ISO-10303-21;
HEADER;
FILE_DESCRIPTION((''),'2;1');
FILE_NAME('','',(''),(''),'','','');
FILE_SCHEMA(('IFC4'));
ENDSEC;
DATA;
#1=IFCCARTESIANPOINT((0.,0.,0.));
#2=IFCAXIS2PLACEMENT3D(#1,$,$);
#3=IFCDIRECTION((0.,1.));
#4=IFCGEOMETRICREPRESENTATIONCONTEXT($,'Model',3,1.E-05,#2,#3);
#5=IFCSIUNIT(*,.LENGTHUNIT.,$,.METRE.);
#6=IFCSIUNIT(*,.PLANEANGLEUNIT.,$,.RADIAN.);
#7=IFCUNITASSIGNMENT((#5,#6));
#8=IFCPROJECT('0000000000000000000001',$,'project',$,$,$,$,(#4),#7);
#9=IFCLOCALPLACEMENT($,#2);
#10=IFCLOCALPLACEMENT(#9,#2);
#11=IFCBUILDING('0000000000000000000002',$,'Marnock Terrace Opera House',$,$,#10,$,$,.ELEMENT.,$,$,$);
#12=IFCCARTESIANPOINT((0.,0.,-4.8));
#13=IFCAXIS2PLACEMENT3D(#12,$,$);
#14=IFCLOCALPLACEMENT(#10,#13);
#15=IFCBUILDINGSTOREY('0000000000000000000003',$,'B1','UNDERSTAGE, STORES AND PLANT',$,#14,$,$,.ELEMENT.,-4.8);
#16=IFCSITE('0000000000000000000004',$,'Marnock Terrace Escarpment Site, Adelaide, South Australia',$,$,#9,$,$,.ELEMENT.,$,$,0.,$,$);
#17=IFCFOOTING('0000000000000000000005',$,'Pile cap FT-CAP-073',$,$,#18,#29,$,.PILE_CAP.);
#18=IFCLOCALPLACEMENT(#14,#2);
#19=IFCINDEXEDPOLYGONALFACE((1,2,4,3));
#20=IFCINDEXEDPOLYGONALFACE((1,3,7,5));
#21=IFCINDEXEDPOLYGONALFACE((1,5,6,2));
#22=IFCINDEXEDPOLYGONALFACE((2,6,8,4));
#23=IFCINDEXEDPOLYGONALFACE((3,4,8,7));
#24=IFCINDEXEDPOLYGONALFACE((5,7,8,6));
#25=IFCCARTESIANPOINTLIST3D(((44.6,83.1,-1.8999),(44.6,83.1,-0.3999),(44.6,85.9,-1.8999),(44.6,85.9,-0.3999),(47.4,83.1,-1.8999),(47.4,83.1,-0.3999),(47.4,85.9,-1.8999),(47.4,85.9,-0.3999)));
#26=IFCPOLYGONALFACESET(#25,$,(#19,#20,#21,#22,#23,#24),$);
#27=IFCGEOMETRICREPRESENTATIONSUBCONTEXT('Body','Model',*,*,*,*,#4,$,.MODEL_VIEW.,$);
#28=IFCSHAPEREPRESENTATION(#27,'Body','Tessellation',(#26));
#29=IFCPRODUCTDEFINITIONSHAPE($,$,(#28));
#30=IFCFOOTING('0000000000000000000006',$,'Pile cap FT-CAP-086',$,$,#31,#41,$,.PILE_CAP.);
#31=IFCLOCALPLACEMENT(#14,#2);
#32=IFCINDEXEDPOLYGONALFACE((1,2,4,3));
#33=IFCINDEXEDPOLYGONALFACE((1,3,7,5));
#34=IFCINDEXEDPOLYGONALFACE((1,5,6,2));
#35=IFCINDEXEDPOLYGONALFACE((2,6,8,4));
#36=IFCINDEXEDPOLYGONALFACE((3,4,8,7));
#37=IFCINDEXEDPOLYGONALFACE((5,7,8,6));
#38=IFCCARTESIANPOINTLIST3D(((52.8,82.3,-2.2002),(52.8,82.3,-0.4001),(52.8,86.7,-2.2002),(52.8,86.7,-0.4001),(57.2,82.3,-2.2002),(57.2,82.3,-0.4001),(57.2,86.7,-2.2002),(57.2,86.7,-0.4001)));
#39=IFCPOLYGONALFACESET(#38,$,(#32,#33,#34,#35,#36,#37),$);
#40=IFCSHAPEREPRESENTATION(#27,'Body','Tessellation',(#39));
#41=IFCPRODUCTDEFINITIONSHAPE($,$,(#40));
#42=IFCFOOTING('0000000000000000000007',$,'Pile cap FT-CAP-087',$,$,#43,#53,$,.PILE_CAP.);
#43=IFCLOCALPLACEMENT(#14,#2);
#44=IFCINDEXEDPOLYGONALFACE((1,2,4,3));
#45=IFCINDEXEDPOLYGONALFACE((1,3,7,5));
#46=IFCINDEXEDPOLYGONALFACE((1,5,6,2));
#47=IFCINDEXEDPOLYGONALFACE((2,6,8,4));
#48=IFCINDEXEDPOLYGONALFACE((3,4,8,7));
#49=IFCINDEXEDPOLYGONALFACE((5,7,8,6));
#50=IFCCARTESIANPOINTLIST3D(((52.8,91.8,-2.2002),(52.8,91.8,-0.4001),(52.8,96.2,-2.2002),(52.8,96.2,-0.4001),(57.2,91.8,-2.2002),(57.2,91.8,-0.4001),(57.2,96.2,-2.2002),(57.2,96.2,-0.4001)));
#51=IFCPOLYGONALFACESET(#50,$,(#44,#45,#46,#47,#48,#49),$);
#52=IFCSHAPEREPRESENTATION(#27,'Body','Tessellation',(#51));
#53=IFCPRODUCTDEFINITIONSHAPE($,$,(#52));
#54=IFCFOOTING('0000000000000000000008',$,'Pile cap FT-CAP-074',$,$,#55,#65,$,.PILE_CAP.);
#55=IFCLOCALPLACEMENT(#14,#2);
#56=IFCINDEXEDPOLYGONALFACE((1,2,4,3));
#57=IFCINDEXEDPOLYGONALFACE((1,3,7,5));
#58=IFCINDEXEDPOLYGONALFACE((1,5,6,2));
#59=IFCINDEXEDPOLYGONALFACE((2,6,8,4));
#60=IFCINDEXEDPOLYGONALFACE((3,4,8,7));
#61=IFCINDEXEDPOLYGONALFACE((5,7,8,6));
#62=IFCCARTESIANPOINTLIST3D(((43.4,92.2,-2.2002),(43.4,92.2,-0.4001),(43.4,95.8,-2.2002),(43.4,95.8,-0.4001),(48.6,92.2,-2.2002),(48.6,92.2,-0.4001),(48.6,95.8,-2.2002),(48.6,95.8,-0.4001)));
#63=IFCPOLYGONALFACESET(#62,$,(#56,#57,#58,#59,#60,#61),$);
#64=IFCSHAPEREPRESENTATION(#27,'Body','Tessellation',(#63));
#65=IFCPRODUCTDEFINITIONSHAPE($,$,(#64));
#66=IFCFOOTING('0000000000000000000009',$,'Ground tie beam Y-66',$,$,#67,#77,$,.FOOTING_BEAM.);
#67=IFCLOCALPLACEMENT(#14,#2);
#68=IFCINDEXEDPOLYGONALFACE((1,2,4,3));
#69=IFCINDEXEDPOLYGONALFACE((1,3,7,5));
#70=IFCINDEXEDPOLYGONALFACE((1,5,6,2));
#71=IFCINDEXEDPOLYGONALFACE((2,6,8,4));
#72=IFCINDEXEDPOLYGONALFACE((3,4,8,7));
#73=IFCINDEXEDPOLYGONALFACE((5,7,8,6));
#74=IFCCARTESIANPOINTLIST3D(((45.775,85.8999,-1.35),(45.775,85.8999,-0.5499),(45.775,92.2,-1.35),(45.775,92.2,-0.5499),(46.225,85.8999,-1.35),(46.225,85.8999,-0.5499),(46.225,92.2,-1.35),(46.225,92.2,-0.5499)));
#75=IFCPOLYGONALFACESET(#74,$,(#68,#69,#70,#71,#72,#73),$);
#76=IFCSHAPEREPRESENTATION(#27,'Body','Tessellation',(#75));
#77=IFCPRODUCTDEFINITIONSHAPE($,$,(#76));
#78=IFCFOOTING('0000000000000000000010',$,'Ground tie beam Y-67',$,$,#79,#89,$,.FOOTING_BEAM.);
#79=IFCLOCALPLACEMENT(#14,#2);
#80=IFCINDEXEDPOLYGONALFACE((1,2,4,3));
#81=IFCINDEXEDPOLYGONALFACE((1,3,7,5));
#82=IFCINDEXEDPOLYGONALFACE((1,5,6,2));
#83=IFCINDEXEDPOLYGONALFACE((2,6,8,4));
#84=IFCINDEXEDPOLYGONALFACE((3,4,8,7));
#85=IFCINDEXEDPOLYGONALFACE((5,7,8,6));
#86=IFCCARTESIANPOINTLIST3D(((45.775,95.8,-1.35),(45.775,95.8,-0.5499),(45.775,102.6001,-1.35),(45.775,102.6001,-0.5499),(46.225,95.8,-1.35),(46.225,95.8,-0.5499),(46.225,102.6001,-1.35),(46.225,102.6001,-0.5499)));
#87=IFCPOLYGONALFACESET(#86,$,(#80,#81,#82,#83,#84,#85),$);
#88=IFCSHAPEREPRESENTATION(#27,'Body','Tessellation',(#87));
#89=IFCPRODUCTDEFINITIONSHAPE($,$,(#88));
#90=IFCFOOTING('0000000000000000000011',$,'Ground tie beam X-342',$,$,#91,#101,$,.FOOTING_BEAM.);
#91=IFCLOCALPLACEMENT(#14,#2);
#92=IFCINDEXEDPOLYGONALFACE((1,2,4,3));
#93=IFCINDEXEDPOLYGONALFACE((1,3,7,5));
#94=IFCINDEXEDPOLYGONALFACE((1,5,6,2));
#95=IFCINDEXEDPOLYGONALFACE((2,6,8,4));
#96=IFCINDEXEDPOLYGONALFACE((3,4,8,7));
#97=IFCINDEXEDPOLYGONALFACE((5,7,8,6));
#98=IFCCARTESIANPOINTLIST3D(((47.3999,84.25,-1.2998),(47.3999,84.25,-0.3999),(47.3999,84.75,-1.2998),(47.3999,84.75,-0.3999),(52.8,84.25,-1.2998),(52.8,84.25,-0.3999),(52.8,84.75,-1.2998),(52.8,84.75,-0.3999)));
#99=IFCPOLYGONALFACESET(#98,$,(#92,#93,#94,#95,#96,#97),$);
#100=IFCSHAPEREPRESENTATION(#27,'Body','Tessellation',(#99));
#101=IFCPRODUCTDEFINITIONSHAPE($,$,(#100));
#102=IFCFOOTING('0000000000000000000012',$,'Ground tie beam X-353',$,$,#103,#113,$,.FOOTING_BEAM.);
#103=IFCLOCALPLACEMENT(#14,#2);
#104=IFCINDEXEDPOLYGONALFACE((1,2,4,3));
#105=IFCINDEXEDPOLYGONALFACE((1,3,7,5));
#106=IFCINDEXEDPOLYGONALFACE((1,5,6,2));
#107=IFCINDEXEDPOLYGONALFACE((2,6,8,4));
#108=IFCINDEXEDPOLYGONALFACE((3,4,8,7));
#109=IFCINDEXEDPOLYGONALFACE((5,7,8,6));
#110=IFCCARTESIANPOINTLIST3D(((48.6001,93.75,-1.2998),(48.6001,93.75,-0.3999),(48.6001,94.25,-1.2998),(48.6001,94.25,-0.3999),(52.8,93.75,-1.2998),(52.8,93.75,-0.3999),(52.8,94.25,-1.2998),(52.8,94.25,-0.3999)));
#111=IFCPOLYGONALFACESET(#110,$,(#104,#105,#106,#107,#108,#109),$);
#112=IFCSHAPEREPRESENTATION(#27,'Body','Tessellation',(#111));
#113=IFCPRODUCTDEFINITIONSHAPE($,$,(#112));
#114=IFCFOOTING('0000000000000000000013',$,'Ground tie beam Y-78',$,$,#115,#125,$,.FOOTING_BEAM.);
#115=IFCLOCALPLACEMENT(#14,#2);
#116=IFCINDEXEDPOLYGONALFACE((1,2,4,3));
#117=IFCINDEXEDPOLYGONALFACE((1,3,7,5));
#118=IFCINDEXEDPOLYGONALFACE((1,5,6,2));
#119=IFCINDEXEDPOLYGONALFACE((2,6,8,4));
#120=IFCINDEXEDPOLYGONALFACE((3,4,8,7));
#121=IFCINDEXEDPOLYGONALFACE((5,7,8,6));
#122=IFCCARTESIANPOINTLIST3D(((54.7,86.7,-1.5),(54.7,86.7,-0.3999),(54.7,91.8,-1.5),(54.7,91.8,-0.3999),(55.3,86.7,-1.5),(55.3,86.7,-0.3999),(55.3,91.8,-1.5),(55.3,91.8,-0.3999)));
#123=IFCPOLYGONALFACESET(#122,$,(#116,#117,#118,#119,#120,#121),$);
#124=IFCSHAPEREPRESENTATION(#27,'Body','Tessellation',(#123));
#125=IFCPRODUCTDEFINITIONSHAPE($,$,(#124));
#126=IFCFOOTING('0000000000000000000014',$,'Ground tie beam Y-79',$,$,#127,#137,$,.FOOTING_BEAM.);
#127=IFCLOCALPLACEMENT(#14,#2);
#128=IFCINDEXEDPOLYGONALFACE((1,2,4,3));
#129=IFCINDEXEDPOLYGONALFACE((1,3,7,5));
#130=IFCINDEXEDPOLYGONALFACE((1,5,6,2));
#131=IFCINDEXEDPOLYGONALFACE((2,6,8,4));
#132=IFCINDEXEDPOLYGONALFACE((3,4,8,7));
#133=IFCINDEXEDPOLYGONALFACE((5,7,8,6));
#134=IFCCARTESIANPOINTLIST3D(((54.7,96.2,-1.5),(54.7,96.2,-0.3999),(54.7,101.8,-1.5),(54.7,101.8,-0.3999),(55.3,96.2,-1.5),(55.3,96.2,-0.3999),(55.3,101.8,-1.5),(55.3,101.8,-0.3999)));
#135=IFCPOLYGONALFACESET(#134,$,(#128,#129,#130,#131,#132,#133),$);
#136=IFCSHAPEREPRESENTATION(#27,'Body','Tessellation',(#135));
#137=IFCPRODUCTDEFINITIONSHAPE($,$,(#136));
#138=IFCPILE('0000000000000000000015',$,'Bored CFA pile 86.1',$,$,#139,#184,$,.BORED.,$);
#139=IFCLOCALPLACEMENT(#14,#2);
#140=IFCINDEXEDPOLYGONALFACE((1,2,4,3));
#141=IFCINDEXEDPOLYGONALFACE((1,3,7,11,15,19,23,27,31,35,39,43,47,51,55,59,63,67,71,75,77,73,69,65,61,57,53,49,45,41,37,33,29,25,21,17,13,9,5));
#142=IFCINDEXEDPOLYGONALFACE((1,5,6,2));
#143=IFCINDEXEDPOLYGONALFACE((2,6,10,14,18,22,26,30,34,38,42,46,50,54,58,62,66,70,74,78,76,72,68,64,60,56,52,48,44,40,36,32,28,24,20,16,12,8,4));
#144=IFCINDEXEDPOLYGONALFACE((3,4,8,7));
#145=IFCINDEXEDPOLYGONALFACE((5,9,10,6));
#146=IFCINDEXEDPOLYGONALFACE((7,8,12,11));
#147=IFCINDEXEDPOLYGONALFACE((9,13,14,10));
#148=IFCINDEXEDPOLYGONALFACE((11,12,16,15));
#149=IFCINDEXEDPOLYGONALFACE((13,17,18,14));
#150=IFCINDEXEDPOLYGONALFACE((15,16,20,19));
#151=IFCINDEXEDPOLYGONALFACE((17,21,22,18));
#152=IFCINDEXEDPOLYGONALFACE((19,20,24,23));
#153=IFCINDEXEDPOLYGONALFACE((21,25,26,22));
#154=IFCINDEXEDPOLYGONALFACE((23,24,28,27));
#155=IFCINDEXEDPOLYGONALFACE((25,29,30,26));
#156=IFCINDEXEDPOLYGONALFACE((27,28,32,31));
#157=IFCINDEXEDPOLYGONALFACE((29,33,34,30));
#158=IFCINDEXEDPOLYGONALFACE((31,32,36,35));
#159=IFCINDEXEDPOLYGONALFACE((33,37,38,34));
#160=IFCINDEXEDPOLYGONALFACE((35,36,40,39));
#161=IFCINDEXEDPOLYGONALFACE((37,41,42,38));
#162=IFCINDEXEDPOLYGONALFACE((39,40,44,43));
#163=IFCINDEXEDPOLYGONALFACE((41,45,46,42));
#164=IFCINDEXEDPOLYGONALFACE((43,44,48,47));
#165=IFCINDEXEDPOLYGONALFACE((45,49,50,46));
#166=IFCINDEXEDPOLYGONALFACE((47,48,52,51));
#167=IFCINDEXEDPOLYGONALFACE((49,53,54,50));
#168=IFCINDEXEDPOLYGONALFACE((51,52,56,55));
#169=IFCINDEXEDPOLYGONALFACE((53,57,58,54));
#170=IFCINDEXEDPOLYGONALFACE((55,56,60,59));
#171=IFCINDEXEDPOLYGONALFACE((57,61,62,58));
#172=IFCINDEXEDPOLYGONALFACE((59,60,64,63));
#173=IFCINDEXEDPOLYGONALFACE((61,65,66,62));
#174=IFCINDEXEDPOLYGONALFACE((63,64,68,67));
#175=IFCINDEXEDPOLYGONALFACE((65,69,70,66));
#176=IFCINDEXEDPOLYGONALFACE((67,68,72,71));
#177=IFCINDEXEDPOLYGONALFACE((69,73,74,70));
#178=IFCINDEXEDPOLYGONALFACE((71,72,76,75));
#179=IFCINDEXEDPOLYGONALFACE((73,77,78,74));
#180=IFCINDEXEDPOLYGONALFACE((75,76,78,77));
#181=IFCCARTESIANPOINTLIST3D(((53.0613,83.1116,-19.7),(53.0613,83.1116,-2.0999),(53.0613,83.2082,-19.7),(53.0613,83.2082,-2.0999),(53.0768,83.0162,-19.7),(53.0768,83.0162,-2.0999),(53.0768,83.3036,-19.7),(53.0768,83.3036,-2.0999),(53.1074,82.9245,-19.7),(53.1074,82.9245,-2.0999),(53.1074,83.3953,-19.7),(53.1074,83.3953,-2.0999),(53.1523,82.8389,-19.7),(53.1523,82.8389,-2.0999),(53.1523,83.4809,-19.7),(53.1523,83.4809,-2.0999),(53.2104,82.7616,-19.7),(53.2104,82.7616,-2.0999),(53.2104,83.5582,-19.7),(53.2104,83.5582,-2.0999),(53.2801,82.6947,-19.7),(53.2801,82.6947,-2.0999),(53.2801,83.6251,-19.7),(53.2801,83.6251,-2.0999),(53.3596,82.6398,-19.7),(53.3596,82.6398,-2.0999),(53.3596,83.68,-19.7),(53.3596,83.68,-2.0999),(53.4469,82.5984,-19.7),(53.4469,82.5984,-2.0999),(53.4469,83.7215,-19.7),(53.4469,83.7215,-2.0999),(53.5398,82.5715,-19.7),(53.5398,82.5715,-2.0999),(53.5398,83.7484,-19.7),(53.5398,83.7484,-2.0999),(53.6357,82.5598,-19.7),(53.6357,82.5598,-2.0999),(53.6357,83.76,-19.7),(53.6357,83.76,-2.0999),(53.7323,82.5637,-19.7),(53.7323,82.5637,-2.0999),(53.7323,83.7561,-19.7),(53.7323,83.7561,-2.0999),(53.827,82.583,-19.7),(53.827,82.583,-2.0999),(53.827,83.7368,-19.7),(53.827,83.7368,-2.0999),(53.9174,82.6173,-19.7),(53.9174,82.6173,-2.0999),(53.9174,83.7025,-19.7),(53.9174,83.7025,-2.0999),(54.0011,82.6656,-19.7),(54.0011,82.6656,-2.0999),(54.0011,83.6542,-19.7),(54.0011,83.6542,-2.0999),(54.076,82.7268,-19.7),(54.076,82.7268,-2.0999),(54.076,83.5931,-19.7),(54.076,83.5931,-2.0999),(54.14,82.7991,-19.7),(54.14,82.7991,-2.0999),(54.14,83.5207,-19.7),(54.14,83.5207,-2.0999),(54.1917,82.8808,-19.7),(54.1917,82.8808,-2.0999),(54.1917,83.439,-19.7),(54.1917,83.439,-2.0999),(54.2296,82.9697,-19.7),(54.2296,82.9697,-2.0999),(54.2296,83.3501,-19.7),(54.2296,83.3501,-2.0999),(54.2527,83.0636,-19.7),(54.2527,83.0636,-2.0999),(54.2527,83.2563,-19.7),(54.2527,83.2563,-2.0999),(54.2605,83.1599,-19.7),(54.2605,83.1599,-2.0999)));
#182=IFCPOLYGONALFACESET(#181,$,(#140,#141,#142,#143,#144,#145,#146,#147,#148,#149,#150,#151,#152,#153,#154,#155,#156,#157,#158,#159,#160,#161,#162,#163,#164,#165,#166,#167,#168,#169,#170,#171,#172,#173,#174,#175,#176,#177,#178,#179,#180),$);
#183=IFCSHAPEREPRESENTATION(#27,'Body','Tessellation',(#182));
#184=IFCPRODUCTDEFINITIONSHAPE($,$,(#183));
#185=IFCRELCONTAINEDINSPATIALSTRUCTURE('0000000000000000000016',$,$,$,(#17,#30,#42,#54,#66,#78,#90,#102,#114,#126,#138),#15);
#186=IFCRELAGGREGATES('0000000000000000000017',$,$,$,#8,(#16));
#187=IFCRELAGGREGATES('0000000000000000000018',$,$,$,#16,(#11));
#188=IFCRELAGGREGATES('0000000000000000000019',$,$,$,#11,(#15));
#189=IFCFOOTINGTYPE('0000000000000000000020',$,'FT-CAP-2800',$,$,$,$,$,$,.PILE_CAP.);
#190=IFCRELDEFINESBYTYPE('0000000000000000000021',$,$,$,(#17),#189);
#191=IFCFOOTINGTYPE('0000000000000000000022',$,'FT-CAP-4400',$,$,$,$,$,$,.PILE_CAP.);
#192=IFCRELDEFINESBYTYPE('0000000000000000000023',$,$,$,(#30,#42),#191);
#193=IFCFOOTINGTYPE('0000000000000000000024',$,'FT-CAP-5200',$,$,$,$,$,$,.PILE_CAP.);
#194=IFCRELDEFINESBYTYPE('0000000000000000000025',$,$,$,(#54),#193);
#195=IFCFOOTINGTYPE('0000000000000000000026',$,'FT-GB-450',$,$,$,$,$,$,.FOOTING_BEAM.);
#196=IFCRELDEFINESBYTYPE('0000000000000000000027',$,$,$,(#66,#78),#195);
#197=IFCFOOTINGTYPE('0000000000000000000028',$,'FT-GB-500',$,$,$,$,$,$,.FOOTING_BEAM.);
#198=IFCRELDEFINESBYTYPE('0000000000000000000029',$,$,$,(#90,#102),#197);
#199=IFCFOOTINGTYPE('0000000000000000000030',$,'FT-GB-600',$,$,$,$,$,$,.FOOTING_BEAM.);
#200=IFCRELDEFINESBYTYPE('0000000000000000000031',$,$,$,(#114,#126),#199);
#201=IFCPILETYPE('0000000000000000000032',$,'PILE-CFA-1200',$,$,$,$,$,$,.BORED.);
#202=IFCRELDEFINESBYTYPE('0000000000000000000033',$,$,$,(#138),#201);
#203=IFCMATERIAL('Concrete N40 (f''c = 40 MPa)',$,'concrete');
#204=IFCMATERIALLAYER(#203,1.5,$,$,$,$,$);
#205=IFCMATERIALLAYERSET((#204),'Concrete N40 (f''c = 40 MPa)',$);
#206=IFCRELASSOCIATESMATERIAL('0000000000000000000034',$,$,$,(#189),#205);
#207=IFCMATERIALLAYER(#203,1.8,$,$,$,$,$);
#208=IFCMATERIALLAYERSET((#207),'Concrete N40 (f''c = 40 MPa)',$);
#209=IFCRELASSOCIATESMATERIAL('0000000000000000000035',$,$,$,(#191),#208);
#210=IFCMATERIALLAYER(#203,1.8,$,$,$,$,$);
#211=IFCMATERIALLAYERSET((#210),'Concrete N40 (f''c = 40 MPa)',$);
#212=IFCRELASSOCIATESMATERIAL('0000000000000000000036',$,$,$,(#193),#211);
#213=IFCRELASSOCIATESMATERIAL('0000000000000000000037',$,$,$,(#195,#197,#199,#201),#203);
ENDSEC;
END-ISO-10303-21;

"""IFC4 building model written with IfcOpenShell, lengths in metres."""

from ifc_helpers import new_model, si_unit, direction, frame, origin, origin_2d, place, context, subcontext, project, spatial, rectangle, circle, extrude, material, layer, layer_set, material_profile, profile_set, type_object, element, save


model = new_model("IFC4")

# Units and contexts
model_context = context("Model", 3, precision=1e-05, world=origin(), true_north=direction((0.0, 1.0)))
body_context = subcontext(model_context, "Body", "Model", "MODEL_VIEW")
ifc_project = project(units=[si_unit("LENGTHUNIT", "METRE"), si_unit("PLANEANGLEUNIT", "RADIAN")], contexts=[model_context])

# Site, building, storey
site_placement = place(None, origin())
site = spatial("IfcSite", under=ifc_project, at=site_placement, Name="Marnock Terrace Escarpment Site, Adelaide, South Australia", CompositionType="ELEMENT", RefElevation=0.0)
building_placement = place(site_placement, origin())
building = spatial("IfcBuilding", under=site, at=building_placement, Name="Marnock Terrace Opera House", CompositionType="ELEMENT")
storey_placement = place(building_placement, frame((0.0, 0.0, -4.8)))
storey = spatial("IfcBuildingStorey", under=building, at=storey_placement, Name="B1", Description="UNDERSTAGE, STORES AND PLANT", CompositionType="ELEMENT", Elevation=-4.8)

# Footings
ifc_material_1 = material(Name="Concrete N40 (f'c = 40 MPa)", Category="concrete")
ifc_layer_1 = layer(ifc_material_1, 1.5)
ifc_layer_set_1 = layer_set([ifc_layer_1], Name="Concrete N40 (f'c = 40 MPa)")
footing_type_1 = type_object("IfcFootingType", Name="FT-CAP-2800", PredefinedType="PILE_CAP", material=ifc_layer_set_1)
footing_1_placement = place(storey_placement, frame((46.0, 84.5, -1.8999), z_axis=(0.0, 0.0, 1.0), x_axis=(1.0, 0.0, 0.0)))
element("IfcFooting", 1, at=footing_1_placement, inside=storey, type_object=footing_type_1, Name="Pile cap FT-CAP-073", PredefinedType="PILE_CAP", context=body_context, shape_type="SweptSolid", body=[
    extrude(rectangle(XDim=2.8, YDim=2.8, at=origin_2d()), origin(), (0.0, 0.0, 1.0), 1.5),
])
ifc_layer_2 = layer(ifc_material_1, 1.8)
ifc_layer_set_2 = layer_set([ifc_layer_2], Name="Concrete N40 (f'c = 40 MPa)")
footing_type_2 = type_object("IfcFootingType", Name="FT-CAP-4400", PredefinedType="PILE_CAP", material=ifc_layer_set_2)
for number, where, z_axis, x_axis, name in (
    (2, (55.0, 84.5, -2.2002), (0.0, 0.0, 1.0), (1.0, 0.0, 0.0), "Pile cap FT-CAP-086"),
    (3, (55.0, 94.0, -2.2002), (0.0, 0.0, 1.0), (1.0, 0.0, 0.0), "Pile cap FT-CAP-087"),
):
    element("IfcFooting", number, at=place(storey_placement, frame(where, z_axis=z_axis, x_axis=x_axis)), inside=storey, type_object=footing_type_2, Name=name, PredefinedType="PILE_CAP", context=body_context, shape_type="SweptSolid", body=[
        extrude(rectangle(XDim=4.3999, YDim=4.3999, at=origin_2d()), origin(), (0.0, 0.0, 1.0), 1.8),
    ])
ifc_layer_3 = layer(ifc_material_1, 1.8)
ifc_layer_set_3 = layer_set([ifc_layer_3], Name="Concrete N40 (f'c = 40 MPa)")
footing_type_3 = type_object("IfcFootingType", Name="FT-CAP-5200", PredefinedType="PILE_CAP", material=ifc_layer_set_3)
footing_2_placement = place(storey_placement, frame((46.0, 94.0, -2.2002), z_axis=(0.0, 0.0, 1.0), x_axis=(1.0, 0.0, 0.0)))
element("IfcFooting", 4, at=footing_2_placement, inside=storey, type_object=footing_type_3, Name="Pile cap FT-CAP-074", PredefinedType="PILE_CAP", context=body_context, shape_type="SweptSolid", body=[
    extrude(rectangle(XDim=5.2, YDim=3.6001, at=origin_2d()), origin(), (0.0, 0.0, 1.0), 1.8),
])
ifc_material_profile_1 = material_profile(ifc_material_1, rectangle(XDim=0.45, YDim=0.8, at=origin_2d()))
ifc_profile_set_1 = profile_set([ifc_material_profile_1], Name="Concrete N40 (f'c = 40 MPa)")
footing_type_4 = type_object("IfcFootingType", Name="FT-GB-450", PredefinedType="FOOTING_BEAM", material=ifc_profile_set_1)
footing_3_placement = place(storey_placement, frame((46.0, 85.8999, -0.95), z_axis=(0.0, 1.0, 0.0), x_axis=(-1.0, 0.0, 0.0)))
element("IfcFooting", 5, at=footing_3_placement, inside=storey, type_object=footing_type_4, Name="Ground tie beam Y-66", PredefinedType="FOOTING_BEAM", context=body_context, shape_type="SweptSolid", body=[
    extrude(rectangle(XDim=0.45, YDim=0.8, at=origin_2d()), origin(), (0.0, 0.0, 1.0), 6.3),
])
footing_4_placement = place(storey_placement, frame((46.0, 95.8, -0.95), z_axis=(0.0, 1.0, 0.0), x_axis=(-1.0, 0.0, 0.0)))
element("IfcFooting", 6, at=footing_4_placement, inside=storey, type_object=footing_type_4, Name="Ground tie beam Y-67", PredefinedType="FOOTING_BEAM", context=body_context, shape_type="SweptSolid", body=[
    extrude(rectangle(XDim=0.45, YDim=0.8, at=origin_2d()), origin(), (0.0, 0.0, 1.0), 6.8),
])
ifc_material_profile_2 = material_profile(ifc_material_1, rectangle(XDim=0.5, YDim=0.8999, at=origin_2d()))
ifc_profile_set_2 = profile_set([ifc_material_profile_2], Name="Concrete N40 (f'c = 40 MPa)")
footing_type_5 = type_object("IfcFootingType", Name="FT-GB-500", PredefinedType="FOOTING_BEAM", material=ifc_profile_set_2)
footing_5_placement = place(storey_placement, frame((47.3999, 84.5, -0.8499), z_axis=(1.0, 0.0, 0.0), x_axis=(0.0, 1.0, 0.0)))
element("IfcFooting", 7, at=footing_5_placement, inside=storey, type_object=footing_type_5, Name="Ground tie beam X-342", PredefinedType="FOOTING_BEAM", context=body_context, shape_type="SweptSolid", body=[
    extrude(rectangle(XDim=0.5, YDim=0.8999, at=origin_2d()), origin(), (0.0, 0.0, 1.0), 5.4001),
])
footing_6_placement = place(storey_placement, frame((48.6001, 94.0, -0.8499), z_axis=(1.0, 0.0, 0.0), x_axis=(0.0, 1.0, 0.0)))
element("IfcFooting", 8, at=footing_6_placement, inside=storey, type_object=footing_type_5, Name="Ground tie beam X-353", PredefinedType="FOOTING_BEAM", context=body_context, shape_type="SweptSolid", body=[
    extrude(rectangle(XDim=0.5, YDim=0.8999, at=origin_2d()), origin(), (0.0, 0.0, 1.0), 4.2),
])
ifc_material_profile_3 = material_profile(ifc_material_1, rectangle(XDim=0.6001, YDim=1.1001, at=origin_2d()))
ifc_profile_set_3 = profile_set([ifc_material_profile_3], Name="Concrete N40 (f'c = 40 MPa)")
footing_type_6 = type_object("IfcFootingType", Name="FT-GB-600", PredefinedType="FOOTING_BEAM", material=ifc_profile_set_3)
footing_7_placement = place(storey_placement, frame((55.0, 86.7, -0.95), z_axis=(0.0, 1.0, 0.0), x_axis=(-1.0, 0.0, 0.0)))
element("IfcFooting", 9, at=footing_7_placement, inside=storey, type_object=footing_type_6, Name="Ground tie beam Y-78", PredefinedType="FOOTING_BEAM", context=body_context, shape_type="SweptSolid", body=[
    extrude(rectangle(XDim=0.6001, YDim=1.1001, at=origin_2d()), origin(), (0.0, 0.0, 1.0), 5.1001),
])
footing_8_placement = place(storey_placement, frame((55.0, 96.2, -0.95), z_axis=(0.0, 1.0, 0.0), x_axis=(-1.0, 0.0, 0.0)))
element("IfcFooting", 10, at=footing_8_placement, inside=storey, type_object=footing_type_6, Name="Ground tie beam Y-79", PredefinedType="FOOTING_BEAM", context=body_context, shape_type="SweptSolid", body=[
    extrude(rectangle(XDim=0.6001, YDim=1.1001, at=origin_2d()), origin(), (0.0, 0.0, 1.0), 5.6001),
])

# Pile
ifc_material_profile_4 = material_profile(ifc_material_1, circle(Radius=0.6006, at=origin_2d()))
ifc_profile_set_4 = profile_set([ifc_material_profile_4], Name="Concrete N40 (f'c = 40 MPa)")
pile_type_1 = type_object("IfcPileType", Name="PILE-CFA-1200", PredefinedType="BORED", material=ifc_profile_set_4)
for number, where, z_axis, x_axis, name in (
    (11, (53.6599, 83.1599, -2.0999), (0.0, 0.0, -1.0), (1.0, 0.0, 0.0), "Bored CFA pile 86.1"),
):
    element("IfcPile", number, at=place(storey_placement, frame(where, z_axis=z_axis, x_axis=x_axis)), inside=storey, type_object=pile_type_1, Name=name, PredefinedType="BORED", context=body_context, shape_type="SweptSolid", body=[
        extrude(circle(Radius=0.6006, at=origin_2d()), origin(), (0.0, 0.0, 1.0), 17.6001),
    ])

save(model, "model.ifc")
